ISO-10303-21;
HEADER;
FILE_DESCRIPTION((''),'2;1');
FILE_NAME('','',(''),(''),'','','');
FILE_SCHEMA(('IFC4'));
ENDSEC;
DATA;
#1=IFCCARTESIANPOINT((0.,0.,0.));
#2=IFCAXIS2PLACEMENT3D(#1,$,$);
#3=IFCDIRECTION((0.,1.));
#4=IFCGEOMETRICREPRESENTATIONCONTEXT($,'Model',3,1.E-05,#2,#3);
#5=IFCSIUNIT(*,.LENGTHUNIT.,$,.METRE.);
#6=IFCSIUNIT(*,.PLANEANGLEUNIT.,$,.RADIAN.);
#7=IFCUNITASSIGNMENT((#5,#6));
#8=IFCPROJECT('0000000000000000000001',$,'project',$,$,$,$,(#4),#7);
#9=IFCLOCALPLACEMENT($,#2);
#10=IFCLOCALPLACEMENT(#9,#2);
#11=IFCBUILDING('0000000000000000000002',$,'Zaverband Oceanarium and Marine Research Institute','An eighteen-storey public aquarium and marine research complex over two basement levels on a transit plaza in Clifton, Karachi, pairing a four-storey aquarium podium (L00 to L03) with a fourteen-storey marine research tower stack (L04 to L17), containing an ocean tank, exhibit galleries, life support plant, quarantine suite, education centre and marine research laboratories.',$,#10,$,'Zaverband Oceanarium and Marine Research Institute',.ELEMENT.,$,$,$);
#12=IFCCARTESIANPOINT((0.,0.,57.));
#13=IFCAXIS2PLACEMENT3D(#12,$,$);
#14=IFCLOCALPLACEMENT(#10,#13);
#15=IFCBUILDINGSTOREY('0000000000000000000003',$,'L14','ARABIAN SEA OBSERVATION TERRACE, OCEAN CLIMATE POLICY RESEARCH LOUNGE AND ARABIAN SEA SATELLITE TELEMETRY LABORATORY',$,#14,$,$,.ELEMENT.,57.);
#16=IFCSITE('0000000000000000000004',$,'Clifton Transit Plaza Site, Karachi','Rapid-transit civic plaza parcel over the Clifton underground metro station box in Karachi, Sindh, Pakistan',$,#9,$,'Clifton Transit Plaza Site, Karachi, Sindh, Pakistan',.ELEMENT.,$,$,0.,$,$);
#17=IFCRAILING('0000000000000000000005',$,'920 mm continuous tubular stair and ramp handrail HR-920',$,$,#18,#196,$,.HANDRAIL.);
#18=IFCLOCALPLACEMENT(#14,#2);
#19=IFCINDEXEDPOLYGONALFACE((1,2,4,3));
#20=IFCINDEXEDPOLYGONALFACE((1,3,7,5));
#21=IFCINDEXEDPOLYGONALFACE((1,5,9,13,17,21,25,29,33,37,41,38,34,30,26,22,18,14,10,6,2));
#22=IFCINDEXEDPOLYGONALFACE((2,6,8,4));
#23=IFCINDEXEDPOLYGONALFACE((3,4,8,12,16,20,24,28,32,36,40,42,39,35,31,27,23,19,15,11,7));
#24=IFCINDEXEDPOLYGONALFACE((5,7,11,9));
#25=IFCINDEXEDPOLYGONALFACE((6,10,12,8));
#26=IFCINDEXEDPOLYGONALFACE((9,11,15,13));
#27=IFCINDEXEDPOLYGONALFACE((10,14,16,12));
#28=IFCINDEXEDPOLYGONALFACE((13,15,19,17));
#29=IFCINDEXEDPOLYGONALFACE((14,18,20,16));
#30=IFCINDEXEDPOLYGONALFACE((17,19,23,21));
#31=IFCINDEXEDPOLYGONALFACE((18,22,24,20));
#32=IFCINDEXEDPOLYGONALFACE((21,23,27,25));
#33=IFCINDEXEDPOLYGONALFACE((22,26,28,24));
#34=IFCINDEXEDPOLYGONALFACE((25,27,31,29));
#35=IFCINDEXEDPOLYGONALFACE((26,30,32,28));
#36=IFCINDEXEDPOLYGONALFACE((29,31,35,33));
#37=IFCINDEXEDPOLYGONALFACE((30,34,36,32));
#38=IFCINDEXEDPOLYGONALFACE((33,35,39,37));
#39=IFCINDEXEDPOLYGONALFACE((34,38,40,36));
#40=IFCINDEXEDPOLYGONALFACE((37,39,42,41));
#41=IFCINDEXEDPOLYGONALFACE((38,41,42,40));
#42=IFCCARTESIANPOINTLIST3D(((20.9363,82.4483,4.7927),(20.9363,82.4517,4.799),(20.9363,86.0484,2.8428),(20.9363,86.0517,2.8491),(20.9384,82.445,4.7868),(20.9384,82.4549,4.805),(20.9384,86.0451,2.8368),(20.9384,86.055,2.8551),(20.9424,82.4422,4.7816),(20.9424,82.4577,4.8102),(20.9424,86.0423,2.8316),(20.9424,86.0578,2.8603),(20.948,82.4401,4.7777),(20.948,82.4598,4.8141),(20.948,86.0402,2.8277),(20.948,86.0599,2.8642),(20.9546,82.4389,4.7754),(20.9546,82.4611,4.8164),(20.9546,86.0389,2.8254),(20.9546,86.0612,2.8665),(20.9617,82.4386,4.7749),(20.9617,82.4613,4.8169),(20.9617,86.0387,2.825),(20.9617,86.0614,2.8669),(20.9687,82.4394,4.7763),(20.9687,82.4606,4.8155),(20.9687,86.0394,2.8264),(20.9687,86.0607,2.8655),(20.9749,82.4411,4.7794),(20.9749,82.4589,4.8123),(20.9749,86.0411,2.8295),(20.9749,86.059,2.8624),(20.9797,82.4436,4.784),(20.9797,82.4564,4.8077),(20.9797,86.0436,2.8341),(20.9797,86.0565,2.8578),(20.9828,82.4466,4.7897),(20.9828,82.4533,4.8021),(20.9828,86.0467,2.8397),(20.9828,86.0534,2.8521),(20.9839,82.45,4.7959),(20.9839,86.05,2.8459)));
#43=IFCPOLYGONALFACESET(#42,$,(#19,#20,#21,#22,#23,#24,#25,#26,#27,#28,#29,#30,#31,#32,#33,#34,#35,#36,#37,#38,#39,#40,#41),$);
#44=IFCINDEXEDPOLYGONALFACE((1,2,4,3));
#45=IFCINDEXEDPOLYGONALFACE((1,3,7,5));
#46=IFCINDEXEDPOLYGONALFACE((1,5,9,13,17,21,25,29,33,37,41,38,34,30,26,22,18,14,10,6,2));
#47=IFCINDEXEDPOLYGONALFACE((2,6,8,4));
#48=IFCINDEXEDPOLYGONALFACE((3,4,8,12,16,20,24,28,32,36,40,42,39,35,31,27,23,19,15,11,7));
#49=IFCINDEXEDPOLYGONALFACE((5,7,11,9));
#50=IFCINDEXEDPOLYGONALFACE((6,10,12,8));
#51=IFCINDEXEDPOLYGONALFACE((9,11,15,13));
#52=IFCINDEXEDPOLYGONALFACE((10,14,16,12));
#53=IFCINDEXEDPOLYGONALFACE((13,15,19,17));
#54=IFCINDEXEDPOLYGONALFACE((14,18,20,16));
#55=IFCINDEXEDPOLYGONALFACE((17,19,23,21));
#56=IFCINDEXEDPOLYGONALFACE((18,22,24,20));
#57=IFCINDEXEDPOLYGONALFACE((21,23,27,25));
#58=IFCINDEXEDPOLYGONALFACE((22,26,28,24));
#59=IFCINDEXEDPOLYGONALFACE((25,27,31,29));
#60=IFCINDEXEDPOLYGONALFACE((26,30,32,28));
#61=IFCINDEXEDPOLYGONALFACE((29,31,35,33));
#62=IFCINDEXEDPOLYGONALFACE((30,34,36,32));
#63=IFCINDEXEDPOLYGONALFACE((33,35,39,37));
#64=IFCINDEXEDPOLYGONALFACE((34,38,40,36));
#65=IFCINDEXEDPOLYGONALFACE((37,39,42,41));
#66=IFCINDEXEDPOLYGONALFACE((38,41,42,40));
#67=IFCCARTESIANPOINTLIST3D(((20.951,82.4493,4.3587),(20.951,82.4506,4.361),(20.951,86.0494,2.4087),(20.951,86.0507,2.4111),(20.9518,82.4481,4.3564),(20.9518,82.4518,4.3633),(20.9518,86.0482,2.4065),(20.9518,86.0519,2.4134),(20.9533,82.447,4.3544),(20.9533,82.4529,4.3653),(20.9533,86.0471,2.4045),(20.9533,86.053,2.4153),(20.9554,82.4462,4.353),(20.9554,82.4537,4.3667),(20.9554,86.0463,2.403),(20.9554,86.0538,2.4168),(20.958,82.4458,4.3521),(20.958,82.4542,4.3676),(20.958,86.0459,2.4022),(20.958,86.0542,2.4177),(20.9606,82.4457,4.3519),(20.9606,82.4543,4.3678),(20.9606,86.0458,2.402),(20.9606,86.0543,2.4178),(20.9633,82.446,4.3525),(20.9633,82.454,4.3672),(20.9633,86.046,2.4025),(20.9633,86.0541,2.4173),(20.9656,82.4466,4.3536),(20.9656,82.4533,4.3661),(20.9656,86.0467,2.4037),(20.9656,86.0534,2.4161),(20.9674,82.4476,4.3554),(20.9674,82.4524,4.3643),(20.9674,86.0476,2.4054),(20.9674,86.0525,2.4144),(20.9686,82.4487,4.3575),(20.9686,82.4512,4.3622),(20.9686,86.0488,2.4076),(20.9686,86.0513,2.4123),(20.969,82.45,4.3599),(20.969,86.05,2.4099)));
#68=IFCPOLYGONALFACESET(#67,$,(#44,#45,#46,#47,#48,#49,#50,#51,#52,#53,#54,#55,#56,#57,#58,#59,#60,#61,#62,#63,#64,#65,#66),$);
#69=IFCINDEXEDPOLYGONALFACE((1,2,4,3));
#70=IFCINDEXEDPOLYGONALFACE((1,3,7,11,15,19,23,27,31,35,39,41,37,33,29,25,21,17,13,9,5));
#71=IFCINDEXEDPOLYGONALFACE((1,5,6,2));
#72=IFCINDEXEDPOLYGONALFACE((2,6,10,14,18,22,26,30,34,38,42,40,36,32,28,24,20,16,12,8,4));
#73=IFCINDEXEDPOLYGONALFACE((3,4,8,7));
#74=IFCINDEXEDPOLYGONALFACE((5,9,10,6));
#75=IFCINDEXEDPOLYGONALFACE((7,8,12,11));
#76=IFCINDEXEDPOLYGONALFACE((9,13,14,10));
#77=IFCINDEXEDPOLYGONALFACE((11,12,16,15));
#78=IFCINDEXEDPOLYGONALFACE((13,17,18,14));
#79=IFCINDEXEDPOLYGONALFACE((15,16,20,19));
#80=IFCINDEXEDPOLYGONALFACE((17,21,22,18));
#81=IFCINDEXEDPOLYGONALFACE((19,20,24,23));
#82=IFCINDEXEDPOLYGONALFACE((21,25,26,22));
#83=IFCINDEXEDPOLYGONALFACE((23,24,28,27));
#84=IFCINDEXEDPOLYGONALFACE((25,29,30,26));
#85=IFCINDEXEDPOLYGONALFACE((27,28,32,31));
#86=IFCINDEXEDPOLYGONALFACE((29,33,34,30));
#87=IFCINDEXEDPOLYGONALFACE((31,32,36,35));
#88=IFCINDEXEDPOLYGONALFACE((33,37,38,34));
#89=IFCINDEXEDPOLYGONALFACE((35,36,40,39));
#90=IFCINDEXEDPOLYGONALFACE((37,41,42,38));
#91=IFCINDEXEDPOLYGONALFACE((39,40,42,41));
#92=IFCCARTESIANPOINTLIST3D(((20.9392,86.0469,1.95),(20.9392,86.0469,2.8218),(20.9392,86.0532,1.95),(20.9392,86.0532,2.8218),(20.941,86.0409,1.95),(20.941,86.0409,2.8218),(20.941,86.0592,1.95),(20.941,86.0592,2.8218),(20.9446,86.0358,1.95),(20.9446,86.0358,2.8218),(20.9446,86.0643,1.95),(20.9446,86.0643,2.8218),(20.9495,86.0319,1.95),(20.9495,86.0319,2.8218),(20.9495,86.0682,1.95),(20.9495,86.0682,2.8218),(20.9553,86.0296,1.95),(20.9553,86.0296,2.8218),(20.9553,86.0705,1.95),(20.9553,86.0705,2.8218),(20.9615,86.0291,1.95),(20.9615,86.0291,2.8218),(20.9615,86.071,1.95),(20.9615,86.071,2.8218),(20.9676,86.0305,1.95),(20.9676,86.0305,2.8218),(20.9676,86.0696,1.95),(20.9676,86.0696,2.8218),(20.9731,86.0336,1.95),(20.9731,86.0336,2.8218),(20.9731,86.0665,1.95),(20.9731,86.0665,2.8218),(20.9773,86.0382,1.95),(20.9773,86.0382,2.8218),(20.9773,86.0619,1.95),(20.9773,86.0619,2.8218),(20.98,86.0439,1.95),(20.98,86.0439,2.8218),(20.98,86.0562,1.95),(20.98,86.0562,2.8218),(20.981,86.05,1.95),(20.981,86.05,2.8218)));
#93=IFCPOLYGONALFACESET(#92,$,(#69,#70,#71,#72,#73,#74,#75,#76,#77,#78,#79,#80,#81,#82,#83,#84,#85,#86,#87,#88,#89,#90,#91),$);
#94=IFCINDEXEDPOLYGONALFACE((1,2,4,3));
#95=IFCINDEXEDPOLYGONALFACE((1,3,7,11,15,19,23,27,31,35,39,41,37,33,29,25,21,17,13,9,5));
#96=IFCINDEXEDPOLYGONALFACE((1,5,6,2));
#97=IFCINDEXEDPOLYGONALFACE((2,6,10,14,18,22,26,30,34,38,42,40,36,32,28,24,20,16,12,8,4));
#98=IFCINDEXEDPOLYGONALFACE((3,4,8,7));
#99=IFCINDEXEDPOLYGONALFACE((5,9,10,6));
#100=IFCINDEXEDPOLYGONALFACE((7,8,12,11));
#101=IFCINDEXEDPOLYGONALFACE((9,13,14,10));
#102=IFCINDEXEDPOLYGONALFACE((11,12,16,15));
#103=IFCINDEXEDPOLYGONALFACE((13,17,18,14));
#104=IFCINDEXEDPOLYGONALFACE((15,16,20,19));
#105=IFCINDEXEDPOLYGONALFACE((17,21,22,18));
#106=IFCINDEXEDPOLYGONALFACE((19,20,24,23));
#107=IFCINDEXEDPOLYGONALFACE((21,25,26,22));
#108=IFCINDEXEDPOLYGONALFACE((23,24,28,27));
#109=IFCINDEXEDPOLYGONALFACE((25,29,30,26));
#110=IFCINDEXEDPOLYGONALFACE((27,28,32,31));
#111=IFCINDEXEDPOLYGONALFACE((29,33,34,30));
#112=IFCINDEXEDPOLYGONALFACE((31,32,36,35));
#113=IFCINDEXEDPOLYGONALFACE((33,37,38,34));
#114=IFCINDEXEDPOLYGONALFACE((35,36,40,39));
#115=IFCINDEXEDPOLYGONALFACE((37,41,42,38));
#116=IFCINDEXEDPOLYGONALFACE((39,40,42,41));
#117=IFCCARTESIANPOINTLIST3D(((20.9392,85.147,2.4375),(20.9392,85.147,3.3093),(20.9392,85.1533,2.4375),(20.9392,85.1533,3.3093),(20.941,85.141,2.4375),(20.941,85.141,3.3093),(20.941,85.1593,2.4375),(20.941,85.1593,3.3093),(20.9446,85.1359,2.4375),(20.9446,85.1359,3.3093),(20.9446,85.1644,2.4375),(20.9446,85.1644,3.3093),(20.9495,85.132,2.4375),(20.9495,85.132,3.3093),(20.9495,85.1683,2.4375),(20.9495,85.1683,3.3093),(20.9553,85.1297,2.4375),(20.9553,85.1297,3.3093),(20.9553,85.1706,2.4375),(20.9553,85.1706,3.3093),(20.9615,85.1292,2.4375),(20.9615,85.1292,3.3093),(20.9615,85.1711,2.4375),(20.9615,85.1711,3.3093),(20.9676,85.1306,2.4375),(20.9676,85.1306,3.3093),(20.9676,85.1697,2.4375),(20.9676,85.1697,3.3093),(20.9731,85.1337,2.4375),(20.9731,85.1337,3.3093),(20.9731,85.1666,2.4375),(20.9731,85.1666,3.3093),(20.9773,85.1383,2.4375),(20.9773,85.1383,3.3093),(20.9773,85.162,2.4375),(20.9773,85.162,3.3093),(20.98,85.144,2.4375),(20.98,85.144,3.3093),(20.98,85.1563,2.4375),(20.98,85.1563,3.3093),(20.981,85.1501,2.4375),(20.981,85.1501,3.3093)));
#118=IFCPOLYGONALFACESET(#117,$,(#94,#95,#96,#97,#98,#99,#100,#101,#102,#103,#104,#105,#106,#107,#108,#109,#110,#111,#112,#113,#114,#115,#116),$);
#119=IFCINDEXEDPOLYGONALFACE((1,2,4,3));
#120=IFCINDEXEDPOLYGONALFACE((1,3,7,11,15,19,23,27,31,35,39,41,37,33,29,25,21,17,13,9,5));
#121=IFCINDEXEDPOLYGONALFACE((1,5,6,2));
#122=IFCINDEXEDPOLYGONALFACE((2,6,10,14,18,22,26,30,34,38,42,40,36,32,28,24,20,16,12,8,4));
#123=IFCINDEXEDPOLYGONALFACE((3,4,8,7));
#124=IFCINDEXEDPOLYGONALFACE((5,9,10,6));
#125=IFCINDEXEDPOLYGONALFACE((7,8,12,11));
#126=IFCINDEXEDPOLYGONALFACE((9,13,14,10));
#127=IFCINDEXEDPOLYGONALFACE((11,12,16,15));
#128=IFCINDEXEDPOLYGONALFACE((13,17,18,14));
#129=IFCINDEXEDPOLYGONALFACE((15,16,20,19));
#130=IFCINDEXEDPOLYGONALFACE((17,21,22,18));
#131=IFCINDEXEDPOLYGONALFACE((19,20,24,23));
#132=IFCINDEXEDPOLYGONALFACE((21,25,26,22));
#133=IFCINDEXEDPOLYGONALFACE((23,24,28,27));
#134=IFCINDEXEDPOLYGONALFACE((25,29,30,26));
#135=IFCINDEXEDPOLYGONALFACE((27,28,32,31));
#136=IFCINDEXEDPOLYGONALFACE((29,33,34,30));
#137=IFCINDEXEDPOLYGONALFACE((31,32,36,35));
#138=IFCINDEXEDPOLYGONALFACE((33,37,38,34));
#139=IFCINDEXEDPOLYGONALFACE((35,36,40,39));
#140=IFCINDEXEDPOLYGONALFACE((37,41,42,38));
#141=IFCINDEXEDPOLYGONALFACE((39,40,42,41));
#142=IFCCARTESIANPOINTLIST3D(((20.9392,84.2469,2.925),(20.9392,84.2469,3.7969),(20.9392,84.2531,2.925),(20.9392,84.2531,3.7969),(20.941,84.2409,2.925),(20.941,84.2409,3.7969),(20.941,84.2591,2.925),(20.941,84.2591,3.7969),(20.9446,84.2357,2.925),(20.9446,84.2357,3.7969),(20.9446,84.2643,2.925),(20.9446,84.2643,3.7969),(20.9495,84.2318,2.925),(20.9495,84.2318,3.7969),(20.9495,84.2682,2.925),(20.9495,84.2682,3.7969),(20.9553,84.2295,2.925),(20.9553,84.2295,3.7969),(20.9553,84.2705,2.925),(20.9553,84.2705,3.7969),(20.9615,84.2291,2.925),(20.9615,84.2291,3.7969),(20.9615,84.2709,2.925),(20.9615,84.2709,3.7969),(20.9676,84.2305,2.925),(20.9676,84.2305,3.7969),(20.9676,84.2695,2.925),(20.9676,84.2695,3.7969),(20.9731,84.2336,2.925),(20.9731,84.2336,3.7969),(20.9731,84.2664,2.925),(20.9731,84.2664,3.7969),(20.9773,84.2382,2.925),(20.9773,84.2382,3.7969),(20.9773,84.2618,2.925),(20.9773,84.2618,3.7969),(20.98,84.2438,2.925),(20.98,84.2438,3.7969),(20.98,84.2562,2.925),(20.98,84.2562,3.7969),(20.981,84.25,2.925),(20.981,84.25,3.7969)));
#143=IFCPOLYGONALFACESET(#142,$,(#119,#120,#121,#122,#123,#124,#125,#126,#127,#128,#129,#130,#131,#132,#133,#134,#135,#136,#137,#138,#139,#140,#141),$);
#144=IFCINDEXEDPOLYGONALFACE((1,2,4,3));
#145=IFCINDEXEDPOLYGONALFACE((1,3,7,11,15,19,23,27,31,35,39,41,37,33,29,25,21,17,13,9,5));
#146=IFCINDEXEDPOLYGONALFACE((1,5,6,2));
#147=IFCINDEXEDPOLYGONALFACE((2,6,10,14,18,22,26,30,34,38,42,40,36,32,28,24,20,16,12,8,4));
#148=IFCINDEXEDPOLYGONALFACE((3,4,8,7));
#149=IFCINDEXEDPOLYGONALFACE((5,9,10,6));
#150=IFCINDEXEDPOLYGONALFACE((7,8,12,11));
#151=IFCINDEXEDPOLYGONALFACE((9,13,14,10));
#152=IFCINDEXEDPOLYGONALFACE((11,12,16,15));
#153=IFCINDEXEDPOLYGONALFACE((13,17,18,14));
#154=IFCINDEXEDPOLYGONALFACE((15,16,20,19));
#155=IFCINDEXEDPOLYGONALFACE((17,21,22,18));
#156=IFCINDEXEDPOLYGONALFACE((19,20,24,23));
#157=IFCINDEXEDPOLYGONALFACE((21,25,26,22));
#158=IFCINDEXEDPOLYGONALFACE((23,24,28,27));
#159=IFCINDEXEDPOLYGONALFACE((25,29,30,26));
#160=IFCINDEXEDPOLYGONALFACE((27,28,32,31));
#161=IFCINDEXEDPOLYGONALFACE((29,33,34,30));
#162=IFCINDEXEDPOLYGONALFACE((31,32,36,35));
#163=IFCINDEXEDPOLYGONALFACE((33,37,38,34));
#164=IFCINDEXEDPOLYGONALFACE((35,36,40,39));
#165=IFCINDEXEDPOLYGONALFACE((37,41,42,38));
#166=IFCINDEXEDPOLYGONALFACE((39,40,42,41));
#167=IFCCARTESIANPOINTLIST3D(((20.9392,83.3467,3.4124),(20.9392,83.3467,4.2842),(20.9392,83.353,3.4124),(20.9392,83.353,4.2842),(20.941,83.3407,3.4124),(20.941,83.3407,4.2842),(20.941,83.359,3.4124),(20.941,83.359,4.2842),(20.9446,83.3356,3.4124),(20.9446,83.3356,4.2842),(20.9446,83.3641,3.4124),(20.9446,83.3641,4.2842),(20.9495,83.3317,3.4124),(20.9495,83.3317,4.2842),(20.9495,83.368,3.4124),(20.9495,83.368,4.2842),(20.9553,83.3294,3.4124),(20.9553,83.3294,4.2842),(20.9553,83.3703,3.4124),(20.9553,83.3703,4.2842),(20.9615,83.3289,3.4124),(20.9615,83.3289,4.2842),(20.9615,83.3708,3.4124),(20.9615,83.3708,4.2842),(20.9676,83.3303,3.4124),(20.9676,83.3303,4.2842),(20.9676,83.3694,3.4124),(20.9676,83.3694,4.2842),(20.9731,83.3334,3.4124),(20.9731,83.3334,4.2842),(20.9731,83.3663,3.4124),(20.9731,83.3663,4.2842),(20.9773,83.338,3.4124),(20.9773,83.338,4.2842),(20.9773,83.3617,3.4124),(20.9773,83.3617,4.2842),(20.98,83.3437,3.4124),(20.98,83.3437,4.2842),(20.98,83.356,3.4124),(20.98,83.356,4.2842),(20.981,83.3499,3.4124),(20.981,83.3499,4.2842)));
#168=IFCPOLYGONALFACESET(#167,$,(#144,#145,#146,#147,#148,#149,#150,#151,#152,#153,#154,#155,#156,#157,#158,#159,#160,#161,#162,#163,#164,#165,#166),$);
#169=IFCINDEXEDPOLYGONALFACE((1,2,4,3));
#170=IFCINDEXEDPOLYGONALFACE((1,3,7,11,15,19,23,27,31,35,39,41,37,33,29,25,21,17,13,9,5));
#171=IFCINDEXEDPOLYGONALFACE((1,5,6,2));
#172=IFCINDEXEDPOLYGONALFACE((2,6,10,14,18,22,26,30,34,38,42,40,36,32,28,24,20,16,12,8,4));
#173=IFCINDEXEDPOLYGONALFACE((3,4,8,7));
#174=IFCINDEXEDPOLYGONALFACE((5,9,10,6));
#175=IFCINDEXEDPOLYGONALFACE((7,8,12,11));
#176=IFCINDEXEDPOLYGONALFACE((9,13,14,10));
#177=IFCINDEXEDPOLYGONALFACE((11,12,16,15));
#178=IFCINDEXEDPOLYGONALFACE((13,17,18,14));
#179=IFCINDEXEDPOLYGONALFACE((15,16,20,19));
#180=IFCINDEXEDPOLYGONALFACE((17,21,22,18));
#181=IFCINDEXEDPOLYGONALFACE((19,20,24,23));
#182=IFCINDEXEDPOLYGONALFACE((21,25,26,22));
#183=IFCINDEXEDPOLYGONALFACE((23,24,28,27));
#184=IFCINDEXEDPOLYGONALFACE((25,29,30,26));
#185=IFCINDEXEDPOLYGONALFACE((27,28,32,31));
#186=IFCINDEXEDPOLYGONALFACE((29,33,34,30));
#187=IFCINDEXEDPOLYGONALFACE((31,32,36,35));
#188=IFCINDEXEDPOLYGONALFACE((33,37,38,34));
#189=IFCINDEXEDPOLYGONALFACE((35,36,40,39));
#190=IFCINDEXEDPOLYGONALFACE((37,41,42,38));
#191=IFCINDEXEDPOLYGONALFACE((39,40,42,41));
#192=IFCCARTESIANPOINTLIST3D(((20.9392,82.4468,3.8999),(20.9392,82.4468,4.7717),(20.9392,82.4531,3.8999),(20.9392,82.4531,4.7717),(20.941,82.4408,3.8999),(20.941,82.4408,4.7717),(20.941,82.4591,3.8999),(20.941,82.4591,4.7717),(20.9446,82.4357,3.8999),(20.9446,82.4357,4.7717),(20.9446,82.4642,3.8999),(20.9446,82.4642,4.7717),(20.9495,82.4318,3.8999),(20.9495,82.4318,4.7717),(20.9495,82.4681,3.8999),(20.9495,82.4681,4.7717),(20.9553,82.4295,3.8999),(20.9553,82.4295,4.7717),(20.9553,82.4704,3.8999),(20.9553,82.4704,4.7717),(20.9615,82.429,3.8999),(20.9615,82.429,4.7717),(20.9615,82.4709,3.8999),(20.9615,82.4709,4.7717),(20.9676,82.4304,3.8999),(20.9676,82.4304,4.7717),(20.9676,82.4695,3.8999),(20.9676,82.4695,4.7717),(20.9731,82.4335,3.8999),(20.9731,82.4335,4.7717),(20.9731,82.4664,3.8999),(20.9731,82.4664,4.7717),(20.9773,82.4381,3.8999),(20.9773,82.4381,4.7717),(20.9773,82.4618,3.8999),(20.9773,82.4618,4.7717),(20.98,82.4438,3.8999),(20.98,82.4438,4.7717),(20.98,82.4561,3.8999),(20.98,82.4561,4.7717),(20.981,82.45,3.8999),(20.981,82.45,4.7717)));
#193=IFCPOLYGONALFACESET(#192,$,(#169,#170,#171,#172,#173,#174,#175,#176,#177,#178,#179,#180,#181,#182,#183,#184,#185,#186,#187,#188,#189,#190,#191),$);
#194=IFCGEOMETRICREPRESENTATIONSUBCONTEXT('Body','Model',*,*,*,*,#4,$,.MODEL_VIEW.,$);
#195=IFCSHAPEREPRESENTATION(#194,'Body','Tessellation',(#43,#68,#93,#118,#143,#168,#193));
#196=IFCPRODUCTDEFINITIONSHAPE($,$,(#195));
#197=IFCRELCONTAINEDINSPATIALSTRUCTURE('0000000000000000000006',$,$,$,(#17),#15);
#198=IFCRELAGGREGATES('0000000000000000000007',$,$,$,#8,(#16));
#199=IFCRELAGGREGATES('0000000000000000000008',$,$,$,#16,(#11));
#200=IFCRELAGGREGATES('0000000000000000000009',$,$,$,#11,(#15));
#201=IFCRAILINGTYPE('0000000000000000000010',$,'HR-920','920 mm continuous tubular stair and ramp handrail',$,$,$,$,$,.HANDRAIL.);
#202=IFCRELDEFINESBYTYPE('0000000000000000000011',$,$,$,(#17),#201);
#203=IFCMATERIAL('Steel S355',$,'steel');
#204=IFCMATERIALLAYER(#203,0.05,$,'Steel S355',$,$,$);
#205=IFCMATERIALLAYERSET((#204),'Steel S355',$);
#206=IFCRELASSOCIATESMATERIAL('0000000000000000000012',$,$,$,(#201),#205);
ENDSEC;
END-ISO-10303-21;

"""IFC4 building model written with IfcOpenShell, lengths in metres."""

from ifc_helpers import new_model, si_unit, direction, frame, origin, origin_2d, place, context, subcontext, project, spatial, circle, extrude, material, layer, layer_set, type_object, element, save


model = new_model("IFC4")

# Units and contexts
model_context = context("Model", 3, precision=1e-05, world=origin(), true_north=direction((0.0, 1.0)))
body_context = subcontext(model_context, "Body", "Model", "MODEL_VIEW")
ifc_project = project(units=[si_unit("LENGTHUNIT", "METRE"), si_unit("PLANEANGLEUNIT", "RADIAN")], contexts=[model_context])

# Site, building, storey
site_placement = place(None, origin())
site = spatial("IfcSite", under=ifc_project, at=site_placement, Name="Clifton Transit Plaza Site, Karachi", Description="Rapid-transit civic plaza parcel over the Clifton underground metro station box in Karachi, Sindh, Pakistan", LongName="Clifton Transit Plaza Site, Karachi, Sindh, Pakistan", CompositionType="ELEMENT", RefElevation=0.0)
building_placement = place(site_placement, origin())
building = spatial("IfcBuilding", under=site, at=building_placement, Name="Zaverband Oceanarium and Marine Research Institute", Description="An eighteen-storey public aquarium and marine research complex over two basement levels on a transit plaza in Clifton, Karachi, pairing a four-storey aquarium podium (L00 to L03) with a fourteen-storey marine research tower stack (L04 to L17), containing an ocean tank, exhibit galleries, life support plant, quarantine suite, education centre and marine research laboratories.", LongName="Zaverband Oceanarium and Marine Research Institute", CompositionType="ELEMENT")
storey_placement = place(building_placement, frame((0.0, 0.0, 57.0)))
storey = spatial("IfcBuildingStorey", under=building, at=storey_placement, Name="L14", Description="ARABIAN SEA OBSERVATION TERRACE, OCEAN CLIMATE POLICY RESEARCH LOUNGE AND ARABIAN SEA SATELLITE TELEMETRY LABORATORY", CompositionType="ELEMENT", Elevation=57.0)

# Shared definitions
ifc_material_1 = material(Name="Steel S355", Category="steel")

# Railing
ifc_layer_1 = layer(ifc_material_1, 0.05, Name="Steel S355")
ifc_layer_set_1 = layer_set([ifc_layer_1], Name="Steel S355")
railing_type_1 = type_object("IfcRailingType", Name="HR-920", Description="920 mm continuous tubular stair and ramp handrail", PredefinedType="HANDRAIL", material=ifc_layer_set_1)
railing_1_placement = place(storey_placement, frame((20.96, 86.05, 1.95)))
element("IfcRailing", 1, at=railing_1_placement, inside=storey, type_object=railing_type_1, Name="920 mm continuous tubular stair and ramp handrail HR-920", PredefinedType="HANDRAIL", context=body_context, shape_type="SweptSolid", body=[
    extrude(circle(Radius=0.0239, at=origin_2d()), frame((0.0, 0.0, 0.896), z_axis=(0.0, -0.879302, 0.476264), x_axis=(1.0, 0.0, 0.0)), (0.0, 0.0, 1.0), 4.0942),
    extrude(circle(Radius=0.009, at=origin_2d()), frame((0.0, 0.0, 0.46), z_axis=(0.0, -0.879302, 0.476264), x_axis=(1.0, 0.0, 0.0)), (0.0, 0.0, 1.0), 4.0942),
    extrude(circle(Radius=0.021, at=origin_2d()), origin(), (0.0, 0.0, 1.0), 0.8718),
    extrude(circle(Radius=0.021, at=origin_2d()), frame((0.0, -0.8999, 0.4875)), (0.0, 0.0, 1.0), 0.8718),
    extrude(circle(Radius=0.021, at=origin_2d()), frame((0.0, -1.8, 0.9751)), (0.0, 0.0, 1.0), 0.8718),
    extrude(circle(Radius=0.021, at=origin_2d()), frame((0.0, -2.7002, 1.4624)), (0.0, 0.0, 1.0), 0.8718),
    extrude(circle(Radius=0.021, at=origin_2d()), frame((0.0, -3.6001, 1.95)), (0.0, 0.0, 1.0), 0.8718),
])

save(model, "model.ifc")
